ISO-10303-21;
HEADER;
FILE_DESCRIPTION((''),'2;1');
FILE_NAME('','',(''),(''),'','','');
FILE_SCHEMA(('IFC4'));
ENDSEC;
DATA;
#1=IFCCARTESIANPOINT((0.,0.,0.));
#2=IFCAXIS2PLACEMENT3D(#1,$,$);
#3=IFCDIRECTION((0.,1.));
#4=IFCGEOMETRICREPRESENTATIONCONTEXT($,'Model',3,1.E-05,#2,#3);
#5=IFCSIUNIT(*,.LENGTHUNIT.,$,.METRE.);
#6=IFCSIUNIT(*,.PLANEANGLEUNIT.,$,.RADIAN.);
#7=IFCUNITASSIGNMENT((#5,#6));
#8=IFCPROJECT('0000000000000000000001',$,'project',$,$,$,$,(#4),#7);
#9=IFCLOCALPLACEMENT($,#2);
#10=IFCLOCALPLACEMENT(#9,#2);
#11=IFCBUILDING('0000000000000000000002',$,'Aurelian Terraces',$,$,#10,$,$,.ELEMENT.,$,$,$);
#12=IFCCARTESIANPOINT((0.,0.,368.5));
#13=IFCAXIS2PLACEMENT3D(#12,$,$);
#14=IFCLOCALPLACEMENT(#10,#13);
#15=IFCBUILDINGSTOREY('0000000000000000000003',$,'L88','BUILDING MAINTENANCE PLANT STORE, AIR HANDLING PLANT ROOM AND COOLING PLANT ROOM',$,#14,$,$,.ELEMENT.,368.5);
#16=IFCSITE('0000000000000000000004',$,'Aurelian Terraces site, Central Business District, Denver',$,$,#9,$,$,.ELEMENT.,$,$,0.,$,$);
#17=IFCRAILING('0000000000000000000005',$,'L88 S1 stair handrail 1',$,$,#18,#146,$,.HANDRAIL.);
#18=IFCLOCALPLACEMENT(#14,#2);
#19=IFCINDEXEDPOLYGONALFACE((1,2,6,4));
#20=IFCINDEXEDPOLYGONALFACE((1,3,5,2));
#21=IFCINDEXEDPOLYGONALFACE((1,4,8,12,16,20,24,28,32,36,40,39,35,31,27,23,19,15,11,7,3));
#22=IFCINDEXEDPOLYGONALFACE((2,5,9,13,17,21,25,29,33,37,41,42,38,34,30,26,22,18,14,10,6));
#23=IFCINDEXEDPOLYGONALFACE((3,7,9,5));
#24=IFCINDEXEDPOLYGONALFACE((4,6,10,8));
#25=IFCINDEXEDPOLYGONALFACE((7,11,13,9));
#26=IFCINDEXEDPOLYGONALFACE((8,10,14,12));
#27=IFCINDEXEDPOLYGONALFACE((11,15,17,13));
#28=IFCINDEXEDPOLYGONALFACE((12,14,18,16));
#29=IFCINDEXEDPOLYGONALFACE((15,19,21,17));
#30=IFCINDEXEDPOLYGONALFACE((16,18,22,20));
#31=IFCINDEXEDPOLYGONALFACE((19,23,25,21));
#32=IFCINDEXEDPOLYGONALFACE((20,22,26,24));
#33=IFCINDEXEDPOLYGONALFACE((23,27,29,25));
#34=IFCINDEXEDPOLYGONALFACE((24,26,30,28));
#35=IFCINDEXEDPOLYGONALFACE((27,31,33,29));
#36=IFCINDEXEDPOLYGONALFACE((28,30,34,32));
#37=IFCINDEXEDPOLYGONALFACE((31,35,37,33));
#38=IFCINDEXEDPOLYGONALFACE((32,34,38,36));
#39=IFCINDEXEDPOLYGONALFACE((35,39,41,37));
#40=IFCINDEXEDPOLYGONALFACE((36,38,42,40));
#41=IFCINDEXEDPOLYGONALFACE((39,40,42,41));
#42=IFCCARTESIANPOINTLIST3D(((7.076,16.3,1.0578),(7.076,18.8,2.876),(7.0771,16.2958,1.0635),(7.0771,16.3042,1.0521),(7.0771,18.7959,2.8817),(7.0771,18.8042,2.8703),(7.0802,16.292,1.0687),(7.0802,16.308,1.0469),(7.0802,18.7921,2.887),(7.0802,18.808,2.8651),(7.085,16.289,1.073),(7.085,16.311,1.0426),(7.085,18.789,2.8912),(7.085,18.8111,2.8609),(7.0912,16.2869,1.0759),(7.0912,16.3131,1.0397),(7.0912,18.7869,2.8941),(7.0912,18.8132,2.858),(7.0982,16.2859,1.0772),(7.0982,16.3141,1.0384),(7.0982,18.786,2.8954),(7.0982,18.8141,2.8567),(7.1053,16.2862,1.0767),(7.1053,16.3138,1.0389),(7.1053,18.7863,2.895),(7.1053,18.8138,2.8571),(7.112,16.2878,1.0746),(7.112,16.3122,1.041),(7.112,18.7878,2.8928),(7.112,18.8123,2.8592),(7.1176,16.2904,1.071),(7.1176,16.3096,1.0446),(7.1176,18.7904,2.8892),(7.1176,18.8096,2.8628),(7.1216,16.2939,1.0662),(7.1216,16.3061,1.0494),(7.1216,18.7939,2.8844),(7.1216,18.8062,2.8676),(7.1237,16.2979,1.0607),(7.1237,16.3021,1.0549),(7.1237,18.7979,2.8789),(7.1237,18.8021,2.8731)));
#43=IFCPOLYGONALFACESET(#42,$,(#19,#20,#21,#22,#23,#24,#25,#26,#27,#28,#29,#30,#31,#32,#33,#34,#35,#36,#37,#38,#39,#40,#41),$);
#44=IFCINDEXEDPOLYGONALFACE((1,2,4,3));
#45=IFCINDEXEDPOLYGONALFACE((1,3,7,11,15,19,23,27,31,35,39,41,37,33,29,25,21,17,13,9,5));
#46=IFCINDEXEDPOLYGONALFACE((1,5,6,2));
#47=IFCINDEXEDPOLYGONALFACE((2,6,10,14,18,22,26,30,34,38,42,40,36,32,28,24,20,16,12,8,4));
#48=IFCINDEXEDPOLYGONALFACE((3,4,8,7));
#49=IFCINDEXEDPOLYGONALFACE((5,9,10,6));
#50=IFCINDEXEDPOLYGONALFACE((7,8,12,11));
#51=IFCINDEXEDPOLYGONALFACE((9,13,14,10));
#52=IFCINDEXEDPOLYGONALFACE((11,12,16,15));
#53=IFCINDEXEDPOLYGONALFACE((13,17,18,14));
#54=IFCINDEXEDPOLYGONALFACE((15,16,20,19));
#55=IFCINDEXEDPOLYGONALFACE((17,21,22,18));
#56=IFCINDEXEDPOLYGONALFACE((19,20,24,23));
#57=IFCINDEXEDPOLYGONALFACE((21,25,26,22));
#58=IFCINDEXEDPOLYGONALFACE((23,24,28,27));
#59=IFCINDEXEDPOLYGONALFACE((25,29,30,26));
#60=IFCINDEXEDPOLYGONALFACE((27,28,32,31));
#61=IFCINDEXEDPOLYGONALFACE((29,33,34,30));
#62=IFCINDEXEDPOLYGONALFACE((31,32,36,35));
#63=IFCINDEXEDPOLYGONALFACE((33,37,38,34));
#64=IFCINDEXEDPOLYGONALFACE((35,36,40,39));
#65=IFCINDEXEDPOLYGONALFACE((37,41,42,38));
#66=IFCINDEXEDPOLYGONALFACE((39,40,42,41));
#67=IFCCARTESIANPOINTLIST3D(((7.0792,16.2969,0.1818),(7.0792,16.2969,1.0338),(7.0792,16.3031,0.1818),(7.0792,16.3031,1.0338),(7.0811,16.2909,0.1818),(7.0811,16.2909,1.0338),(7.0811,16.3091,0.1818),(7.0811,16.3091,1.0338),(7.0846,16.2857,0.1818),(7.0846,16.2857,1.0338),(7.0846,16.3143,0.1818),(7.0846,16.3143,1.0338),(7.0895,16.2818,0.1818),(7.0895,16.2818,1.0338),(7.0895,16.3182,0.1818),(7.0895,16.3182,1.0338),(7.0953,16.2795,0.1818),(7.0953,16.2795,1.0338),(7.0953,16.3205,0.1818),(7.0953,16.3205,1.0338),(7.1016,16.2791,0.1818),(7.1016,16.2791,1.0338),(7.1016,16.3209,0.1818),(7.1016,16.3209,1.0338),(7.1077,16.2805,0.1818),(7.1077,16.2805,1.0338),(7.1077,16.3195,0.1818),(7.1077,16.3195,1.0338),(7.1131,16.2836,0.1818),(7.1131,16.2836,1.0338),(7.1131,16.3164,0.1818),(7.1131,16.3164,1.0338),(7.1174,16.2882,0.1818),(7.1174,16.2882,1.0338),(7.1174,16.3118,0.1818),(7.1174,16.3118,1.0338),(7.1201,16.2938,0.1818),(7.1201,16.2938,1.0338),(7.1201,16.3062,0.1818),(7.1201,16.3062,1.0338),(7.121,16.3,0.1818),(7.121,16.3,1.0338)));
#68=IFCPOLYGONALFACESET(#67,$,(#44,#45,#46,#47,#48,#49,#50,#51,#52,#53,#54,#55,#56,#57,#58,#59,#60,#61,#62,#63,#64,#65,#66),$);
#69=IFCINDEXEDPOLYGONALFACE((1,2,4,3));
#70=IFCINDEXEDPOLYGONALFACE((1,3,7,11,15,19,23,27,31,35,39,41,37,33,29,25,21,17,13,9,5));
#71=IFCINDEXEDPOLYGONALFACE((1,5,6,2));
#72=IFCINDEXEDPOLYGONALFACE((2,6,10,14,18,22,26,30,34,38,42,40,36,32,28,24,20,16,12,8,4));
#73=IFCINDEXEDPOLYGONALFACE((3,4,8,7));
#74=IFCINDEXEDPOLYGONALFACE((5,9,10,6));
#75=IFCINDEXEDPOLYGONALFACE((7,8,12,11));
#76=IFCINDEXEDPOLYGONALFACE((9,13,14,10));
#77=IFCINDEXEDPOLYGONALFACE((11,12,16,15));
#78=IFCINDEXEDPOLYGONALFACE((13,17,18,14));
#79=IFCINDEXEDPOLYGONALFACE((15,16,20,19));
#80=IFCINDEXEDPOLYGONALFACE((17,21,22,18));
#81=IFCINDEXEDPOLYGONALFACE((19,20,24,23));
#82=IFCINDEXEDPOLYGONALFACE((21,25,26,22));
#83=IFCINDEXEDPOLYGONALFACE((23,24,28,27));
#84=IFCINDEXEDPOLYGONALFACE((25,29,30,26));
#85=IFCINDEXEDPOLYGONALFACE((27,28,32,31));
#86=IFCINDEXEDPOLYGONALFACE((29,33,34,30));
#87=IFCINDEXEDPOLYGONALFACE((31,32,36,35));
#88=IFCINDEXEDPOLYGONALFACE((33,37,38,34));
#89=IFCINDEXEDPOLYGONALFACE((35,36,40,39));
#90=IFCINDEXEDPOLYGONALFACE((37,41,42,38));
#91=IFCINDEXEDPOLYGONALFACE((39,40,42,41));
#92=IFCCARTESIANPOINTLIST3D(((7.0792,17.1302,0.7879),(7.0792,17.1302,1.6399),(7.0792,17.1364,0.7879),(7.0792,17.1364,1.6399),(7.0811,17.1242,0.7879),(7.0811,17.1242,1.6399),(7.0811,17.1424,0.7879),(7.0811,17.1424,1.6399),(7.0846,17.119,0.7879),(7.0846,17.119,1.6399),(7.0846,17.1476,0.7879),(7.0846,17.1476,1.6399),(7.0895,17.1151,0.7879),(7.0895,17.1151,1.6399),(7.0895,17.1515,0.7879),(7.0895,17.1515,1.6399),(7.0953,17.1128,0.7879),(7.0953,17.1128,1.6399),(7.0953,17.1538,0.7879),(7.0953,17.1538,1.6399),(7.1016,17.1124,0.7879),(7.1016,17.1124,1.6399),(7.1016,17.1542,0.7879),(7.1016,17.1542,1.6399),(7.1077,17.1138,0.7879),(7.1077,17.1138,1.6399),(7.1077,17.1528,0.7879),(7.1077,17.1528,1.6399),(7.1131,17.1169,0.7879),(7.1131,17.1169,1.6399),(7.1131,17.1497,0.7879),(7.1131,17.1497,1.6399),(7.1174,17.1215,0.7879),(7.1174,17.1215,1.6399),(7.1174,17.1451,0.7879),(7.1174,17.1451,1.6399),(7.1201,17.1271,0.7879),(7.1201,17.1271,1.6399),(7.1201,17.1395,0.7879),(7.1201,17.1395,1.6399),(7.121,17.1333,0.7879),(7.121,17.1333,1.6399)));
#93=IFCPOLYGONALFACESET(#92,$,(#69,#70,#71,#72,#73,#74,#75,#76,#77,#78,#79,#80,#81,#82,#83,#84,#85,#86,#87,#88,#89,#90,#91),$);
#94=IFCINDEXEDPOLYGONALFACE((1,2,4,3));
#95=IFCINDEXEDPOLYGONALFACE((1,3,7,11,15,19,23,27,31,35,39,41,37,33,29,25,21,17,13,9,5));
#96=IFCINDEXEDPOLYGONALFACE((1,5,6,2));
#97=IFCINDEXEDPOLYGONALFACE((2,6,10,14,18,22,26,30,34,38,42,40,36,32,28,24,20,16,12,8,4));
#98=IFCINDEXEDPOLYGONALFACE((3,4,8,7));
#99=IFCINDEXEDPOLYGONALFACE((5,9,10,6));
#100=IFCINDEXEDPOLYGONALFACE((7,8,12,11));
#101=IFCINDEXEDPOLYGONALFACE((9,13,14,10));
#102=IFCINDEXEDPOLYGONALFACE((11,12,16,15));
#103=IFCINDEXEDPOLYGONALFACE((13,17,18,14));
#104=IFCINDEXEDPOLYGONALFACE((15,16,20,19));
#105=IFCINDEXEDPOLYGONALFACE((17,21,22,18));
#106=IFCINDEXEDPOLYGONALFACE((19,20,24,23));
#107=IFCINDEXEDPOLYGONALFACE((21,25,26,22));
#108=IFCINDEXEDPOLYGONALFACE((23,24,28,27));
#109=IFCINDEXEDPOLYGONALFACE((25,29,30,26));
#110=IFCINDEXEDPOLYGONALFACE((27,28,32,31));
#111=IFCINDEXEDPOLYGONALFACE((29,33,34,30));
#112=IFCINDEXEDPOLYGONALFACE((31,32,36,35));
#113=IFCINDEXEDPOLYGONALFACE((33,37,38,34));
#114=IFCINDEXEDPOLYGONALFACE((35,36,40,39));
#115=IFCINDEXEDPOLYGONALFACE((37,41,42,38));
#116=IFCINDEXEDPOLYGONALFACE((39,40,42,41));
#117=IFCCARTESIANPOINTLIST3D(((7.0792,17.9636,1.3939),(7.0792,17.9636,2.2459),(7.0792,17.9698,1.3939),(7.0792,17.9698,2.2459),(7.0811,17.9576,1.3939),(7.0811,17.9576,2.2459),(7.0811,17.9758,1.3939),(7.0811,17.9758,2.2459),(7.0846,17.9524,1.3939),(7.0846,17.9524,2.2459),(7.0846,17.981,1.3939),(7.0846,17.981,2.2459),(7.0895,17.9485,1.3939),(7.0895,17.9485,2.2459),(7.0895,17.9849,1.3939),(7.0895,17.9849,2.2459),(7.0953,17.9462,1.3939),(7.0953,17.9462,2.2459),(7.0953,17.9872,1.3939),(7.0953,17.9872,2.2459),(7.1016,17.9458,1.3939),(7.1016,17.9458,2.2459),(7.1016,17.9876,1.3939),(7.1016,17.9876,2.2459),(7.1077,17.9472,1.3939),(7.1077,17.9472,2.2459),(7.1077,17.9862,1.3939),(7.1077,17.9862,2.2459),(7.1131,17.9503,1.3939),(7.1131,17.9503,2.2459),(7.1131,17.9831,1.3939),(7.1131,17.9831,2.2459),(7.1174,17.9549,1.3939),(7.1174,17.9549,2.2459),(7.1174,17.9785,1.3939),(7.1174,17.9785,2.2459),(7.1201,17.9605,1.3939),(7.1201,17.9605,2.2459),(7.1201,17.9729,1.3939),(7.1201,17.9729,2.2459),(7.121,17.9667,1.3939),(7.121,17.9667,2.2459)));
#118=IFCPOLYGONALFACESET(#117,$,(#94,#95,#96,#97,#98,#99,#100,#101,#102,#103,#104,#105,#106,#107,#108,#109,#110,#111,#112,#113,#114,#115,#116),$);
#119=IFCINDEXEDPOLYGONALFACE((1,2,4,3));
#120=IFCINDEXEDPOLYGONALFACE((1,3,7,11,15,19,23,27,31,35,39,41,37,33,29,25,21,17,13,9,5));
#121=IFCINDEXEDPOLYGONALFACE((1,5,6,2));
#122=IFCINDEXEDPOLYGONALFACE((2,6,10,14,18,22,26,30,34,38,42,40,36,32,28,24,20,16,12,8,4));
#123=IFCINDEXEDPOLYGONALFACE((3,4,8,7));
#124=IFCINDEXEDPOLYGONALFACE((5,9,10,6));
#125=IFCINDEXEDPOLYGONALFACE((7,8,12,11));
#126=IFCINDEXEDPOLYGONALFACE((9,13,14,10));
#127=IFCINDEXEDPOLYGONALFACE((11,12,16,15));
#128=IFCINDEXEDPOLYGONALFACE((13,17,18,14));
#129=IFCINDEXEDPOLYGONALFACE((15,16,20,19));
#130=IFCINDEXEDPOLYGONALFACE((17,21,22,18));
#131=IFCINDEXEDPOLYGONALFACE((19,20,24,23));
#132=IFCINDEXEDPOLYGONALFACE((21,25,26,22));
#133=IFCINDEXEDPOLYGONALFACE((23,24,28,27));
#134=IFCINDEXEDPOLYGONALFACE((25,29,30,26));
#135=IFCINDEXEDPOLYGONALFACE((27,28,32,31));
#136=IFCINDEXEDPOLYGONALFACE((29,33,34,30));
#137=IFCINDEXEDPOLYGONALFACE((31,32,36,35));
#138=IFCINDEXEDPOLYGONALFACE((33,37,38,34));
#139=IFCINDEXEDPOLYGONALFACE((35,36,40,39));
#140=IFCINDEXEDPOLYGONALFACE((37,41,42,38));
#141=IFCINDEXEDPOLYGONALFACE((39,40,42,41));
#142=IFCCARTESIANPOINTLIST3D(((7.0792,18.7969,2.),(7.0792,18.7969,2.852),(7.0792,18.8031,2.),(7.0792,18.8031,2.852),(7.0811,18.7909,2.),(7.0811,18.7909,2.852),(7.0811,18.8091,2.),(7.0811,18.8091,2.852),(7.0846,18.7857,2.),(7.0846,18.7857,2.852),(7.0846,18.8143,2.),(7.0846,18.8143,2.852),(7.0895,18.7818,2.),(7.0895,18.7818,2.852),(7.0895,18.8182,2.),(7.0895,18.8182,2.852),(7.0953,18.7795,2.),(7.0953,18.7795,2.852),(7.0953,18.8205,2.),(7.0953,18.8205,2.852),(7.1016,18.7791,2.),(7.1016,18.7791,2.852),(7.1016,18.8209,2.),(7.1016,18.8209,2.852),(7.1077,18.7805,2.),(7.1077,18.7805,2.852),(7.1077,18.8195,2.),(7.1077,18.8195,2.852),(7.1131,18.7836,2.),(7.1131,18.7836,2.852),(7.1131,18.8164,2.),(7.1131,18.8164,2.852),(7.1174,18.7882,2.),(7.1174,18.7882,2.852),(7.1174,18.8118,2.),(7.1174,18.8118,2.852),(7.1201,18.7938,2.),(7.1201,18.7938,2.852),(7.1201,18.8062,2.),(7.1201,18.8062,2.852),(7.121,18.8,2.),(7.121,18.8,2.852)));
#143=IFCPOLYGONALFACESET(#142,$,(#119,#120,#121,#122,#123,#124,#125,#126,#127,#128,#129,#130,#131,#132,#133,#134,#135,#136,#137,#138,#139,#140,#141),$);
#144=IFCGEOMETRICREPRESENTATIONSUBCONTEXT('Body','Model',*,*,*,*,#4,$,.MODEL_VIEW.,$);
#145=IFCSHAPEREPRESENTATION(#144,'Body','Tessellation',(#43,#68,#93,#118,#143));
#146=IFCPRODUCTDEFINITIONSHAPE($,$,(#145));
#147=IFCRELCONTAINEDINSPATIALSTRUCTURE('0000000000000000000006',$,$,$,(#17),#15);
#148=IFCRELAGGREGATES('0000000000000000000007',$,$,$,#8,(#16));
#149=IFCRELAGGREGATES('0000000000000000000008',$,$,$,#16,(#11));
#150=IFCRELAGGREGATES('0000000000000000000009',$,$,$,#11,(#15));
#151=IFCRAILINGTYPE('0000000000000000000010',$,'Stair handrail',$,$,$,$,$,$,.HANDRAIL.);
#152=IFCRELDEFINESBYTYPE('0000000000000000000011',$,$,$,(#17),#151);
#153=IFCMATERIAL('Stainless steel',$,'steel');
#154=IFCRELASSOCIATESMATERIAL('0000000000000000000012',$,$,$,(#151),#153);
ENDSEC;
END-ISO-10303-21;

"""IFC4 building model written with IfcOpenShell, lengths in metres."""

from ifc_helpers import new_model, si_unit, direction, frame, origin, origin_2d, place, context, subcontext, project, spatial, circle, extrude, source, transform, mapped, material, type_object, element, save


model = new_model("IFC4")

# Units and contexts
model_context = context("Model", 3, precision=1e-05, world=origin(), true_north=direction((0.0, 1.0)))
body_context = subcontext(model_context, "Body", "Model", "MODEL_VIEW")
ifc_project = project(units=[si_unit("LENGTHUNIT", "METRE"), si_unit("PLANEANGLEUNIT", "RADIAN")], contexts=[model_context])

# Site, building, storey
site_placement = place(None, origin())
site = spatial("IfcSite", under=ifc_project, at=site_placement, Name="Aurelian Terraces site, Central Business District, Denver", CompositionType="ELEMENT", RefElevation=0.0)
building_placement = place(site_placement, origin())
building = spatial("IfcBuilding", under=site, at=building_placement, Name="Aurelian Terraces", CompositionType="ELEMENT")
storey_placement = place(building_placement, frame((0.0, 0.0, 368.5)))
storey = spatial("IfcBuildingStorey", under=building, at=storey_placement, Name="L88", Description="BUILDING MAINTENANCE PLANT STORE, AIR HANDLING PLANT ROOM AND COOLING PLANT ROOM", CompositionType="ELEMENT", Elevation=368.5)

# Railing
ifc_material_1 = material(Name="Stainless steel", Category="steel")
railing_type_1 = type_object("IfcRailingType", Name="Stair handrail", PredefinedType="HANDRAIL", material=ifc_material_1)
shared_shape_1 = source(origin(), body_context, "Body", "SweptSolid", [
    extrude(circle(Radius=0.024, at=origin_2d()), frame((0.0, 0.0, 0.876), z_axis=(0.0, 0.808733, 0.588176), x_axis=(-1.0, 0.0, 0.0)), (0.0, 0.0, 1.0), 3.0913),
    extrude(circle(Radius=0.021, at=origin_2d()), origin(), (0.0, 0.0, 1.0), 0.852),
    extrude(circle(Radius=0.021, at=origin_2d()), frame((0.0, 0.8333, 0.6061)), (0.0, 0.0, 1.0), 0.852),
    extrude(circle(Radius=0.021, at=origin_2d()), frame((0.0, 1.6667, 1.2121)), (0.0, 0.0, 1.0), 0.852),
    extrude(circle(Radius=0.021, at=origin_2d()), frame((0.0, 2.5, 1.8182)), (0.0, 0.0, 1.0), 0.852),
])
railing_1_placement = place(storey_placement, frame((7.1, 16.3, 0.1818)))
element("IfcRailing", 1, at=railing_1_placement, inside=storey, type_object=railing_type_1, Name="L88 S1 stair handrail 1", PredefinedType="HANDRAIL", context=body_context, shape_type="MappedRepresentation", body=[
    mapped(shared_shape_1, transform((0.0, 0.0, 0.0), scale=1.0)),
])

save(model, "model.ifc")
